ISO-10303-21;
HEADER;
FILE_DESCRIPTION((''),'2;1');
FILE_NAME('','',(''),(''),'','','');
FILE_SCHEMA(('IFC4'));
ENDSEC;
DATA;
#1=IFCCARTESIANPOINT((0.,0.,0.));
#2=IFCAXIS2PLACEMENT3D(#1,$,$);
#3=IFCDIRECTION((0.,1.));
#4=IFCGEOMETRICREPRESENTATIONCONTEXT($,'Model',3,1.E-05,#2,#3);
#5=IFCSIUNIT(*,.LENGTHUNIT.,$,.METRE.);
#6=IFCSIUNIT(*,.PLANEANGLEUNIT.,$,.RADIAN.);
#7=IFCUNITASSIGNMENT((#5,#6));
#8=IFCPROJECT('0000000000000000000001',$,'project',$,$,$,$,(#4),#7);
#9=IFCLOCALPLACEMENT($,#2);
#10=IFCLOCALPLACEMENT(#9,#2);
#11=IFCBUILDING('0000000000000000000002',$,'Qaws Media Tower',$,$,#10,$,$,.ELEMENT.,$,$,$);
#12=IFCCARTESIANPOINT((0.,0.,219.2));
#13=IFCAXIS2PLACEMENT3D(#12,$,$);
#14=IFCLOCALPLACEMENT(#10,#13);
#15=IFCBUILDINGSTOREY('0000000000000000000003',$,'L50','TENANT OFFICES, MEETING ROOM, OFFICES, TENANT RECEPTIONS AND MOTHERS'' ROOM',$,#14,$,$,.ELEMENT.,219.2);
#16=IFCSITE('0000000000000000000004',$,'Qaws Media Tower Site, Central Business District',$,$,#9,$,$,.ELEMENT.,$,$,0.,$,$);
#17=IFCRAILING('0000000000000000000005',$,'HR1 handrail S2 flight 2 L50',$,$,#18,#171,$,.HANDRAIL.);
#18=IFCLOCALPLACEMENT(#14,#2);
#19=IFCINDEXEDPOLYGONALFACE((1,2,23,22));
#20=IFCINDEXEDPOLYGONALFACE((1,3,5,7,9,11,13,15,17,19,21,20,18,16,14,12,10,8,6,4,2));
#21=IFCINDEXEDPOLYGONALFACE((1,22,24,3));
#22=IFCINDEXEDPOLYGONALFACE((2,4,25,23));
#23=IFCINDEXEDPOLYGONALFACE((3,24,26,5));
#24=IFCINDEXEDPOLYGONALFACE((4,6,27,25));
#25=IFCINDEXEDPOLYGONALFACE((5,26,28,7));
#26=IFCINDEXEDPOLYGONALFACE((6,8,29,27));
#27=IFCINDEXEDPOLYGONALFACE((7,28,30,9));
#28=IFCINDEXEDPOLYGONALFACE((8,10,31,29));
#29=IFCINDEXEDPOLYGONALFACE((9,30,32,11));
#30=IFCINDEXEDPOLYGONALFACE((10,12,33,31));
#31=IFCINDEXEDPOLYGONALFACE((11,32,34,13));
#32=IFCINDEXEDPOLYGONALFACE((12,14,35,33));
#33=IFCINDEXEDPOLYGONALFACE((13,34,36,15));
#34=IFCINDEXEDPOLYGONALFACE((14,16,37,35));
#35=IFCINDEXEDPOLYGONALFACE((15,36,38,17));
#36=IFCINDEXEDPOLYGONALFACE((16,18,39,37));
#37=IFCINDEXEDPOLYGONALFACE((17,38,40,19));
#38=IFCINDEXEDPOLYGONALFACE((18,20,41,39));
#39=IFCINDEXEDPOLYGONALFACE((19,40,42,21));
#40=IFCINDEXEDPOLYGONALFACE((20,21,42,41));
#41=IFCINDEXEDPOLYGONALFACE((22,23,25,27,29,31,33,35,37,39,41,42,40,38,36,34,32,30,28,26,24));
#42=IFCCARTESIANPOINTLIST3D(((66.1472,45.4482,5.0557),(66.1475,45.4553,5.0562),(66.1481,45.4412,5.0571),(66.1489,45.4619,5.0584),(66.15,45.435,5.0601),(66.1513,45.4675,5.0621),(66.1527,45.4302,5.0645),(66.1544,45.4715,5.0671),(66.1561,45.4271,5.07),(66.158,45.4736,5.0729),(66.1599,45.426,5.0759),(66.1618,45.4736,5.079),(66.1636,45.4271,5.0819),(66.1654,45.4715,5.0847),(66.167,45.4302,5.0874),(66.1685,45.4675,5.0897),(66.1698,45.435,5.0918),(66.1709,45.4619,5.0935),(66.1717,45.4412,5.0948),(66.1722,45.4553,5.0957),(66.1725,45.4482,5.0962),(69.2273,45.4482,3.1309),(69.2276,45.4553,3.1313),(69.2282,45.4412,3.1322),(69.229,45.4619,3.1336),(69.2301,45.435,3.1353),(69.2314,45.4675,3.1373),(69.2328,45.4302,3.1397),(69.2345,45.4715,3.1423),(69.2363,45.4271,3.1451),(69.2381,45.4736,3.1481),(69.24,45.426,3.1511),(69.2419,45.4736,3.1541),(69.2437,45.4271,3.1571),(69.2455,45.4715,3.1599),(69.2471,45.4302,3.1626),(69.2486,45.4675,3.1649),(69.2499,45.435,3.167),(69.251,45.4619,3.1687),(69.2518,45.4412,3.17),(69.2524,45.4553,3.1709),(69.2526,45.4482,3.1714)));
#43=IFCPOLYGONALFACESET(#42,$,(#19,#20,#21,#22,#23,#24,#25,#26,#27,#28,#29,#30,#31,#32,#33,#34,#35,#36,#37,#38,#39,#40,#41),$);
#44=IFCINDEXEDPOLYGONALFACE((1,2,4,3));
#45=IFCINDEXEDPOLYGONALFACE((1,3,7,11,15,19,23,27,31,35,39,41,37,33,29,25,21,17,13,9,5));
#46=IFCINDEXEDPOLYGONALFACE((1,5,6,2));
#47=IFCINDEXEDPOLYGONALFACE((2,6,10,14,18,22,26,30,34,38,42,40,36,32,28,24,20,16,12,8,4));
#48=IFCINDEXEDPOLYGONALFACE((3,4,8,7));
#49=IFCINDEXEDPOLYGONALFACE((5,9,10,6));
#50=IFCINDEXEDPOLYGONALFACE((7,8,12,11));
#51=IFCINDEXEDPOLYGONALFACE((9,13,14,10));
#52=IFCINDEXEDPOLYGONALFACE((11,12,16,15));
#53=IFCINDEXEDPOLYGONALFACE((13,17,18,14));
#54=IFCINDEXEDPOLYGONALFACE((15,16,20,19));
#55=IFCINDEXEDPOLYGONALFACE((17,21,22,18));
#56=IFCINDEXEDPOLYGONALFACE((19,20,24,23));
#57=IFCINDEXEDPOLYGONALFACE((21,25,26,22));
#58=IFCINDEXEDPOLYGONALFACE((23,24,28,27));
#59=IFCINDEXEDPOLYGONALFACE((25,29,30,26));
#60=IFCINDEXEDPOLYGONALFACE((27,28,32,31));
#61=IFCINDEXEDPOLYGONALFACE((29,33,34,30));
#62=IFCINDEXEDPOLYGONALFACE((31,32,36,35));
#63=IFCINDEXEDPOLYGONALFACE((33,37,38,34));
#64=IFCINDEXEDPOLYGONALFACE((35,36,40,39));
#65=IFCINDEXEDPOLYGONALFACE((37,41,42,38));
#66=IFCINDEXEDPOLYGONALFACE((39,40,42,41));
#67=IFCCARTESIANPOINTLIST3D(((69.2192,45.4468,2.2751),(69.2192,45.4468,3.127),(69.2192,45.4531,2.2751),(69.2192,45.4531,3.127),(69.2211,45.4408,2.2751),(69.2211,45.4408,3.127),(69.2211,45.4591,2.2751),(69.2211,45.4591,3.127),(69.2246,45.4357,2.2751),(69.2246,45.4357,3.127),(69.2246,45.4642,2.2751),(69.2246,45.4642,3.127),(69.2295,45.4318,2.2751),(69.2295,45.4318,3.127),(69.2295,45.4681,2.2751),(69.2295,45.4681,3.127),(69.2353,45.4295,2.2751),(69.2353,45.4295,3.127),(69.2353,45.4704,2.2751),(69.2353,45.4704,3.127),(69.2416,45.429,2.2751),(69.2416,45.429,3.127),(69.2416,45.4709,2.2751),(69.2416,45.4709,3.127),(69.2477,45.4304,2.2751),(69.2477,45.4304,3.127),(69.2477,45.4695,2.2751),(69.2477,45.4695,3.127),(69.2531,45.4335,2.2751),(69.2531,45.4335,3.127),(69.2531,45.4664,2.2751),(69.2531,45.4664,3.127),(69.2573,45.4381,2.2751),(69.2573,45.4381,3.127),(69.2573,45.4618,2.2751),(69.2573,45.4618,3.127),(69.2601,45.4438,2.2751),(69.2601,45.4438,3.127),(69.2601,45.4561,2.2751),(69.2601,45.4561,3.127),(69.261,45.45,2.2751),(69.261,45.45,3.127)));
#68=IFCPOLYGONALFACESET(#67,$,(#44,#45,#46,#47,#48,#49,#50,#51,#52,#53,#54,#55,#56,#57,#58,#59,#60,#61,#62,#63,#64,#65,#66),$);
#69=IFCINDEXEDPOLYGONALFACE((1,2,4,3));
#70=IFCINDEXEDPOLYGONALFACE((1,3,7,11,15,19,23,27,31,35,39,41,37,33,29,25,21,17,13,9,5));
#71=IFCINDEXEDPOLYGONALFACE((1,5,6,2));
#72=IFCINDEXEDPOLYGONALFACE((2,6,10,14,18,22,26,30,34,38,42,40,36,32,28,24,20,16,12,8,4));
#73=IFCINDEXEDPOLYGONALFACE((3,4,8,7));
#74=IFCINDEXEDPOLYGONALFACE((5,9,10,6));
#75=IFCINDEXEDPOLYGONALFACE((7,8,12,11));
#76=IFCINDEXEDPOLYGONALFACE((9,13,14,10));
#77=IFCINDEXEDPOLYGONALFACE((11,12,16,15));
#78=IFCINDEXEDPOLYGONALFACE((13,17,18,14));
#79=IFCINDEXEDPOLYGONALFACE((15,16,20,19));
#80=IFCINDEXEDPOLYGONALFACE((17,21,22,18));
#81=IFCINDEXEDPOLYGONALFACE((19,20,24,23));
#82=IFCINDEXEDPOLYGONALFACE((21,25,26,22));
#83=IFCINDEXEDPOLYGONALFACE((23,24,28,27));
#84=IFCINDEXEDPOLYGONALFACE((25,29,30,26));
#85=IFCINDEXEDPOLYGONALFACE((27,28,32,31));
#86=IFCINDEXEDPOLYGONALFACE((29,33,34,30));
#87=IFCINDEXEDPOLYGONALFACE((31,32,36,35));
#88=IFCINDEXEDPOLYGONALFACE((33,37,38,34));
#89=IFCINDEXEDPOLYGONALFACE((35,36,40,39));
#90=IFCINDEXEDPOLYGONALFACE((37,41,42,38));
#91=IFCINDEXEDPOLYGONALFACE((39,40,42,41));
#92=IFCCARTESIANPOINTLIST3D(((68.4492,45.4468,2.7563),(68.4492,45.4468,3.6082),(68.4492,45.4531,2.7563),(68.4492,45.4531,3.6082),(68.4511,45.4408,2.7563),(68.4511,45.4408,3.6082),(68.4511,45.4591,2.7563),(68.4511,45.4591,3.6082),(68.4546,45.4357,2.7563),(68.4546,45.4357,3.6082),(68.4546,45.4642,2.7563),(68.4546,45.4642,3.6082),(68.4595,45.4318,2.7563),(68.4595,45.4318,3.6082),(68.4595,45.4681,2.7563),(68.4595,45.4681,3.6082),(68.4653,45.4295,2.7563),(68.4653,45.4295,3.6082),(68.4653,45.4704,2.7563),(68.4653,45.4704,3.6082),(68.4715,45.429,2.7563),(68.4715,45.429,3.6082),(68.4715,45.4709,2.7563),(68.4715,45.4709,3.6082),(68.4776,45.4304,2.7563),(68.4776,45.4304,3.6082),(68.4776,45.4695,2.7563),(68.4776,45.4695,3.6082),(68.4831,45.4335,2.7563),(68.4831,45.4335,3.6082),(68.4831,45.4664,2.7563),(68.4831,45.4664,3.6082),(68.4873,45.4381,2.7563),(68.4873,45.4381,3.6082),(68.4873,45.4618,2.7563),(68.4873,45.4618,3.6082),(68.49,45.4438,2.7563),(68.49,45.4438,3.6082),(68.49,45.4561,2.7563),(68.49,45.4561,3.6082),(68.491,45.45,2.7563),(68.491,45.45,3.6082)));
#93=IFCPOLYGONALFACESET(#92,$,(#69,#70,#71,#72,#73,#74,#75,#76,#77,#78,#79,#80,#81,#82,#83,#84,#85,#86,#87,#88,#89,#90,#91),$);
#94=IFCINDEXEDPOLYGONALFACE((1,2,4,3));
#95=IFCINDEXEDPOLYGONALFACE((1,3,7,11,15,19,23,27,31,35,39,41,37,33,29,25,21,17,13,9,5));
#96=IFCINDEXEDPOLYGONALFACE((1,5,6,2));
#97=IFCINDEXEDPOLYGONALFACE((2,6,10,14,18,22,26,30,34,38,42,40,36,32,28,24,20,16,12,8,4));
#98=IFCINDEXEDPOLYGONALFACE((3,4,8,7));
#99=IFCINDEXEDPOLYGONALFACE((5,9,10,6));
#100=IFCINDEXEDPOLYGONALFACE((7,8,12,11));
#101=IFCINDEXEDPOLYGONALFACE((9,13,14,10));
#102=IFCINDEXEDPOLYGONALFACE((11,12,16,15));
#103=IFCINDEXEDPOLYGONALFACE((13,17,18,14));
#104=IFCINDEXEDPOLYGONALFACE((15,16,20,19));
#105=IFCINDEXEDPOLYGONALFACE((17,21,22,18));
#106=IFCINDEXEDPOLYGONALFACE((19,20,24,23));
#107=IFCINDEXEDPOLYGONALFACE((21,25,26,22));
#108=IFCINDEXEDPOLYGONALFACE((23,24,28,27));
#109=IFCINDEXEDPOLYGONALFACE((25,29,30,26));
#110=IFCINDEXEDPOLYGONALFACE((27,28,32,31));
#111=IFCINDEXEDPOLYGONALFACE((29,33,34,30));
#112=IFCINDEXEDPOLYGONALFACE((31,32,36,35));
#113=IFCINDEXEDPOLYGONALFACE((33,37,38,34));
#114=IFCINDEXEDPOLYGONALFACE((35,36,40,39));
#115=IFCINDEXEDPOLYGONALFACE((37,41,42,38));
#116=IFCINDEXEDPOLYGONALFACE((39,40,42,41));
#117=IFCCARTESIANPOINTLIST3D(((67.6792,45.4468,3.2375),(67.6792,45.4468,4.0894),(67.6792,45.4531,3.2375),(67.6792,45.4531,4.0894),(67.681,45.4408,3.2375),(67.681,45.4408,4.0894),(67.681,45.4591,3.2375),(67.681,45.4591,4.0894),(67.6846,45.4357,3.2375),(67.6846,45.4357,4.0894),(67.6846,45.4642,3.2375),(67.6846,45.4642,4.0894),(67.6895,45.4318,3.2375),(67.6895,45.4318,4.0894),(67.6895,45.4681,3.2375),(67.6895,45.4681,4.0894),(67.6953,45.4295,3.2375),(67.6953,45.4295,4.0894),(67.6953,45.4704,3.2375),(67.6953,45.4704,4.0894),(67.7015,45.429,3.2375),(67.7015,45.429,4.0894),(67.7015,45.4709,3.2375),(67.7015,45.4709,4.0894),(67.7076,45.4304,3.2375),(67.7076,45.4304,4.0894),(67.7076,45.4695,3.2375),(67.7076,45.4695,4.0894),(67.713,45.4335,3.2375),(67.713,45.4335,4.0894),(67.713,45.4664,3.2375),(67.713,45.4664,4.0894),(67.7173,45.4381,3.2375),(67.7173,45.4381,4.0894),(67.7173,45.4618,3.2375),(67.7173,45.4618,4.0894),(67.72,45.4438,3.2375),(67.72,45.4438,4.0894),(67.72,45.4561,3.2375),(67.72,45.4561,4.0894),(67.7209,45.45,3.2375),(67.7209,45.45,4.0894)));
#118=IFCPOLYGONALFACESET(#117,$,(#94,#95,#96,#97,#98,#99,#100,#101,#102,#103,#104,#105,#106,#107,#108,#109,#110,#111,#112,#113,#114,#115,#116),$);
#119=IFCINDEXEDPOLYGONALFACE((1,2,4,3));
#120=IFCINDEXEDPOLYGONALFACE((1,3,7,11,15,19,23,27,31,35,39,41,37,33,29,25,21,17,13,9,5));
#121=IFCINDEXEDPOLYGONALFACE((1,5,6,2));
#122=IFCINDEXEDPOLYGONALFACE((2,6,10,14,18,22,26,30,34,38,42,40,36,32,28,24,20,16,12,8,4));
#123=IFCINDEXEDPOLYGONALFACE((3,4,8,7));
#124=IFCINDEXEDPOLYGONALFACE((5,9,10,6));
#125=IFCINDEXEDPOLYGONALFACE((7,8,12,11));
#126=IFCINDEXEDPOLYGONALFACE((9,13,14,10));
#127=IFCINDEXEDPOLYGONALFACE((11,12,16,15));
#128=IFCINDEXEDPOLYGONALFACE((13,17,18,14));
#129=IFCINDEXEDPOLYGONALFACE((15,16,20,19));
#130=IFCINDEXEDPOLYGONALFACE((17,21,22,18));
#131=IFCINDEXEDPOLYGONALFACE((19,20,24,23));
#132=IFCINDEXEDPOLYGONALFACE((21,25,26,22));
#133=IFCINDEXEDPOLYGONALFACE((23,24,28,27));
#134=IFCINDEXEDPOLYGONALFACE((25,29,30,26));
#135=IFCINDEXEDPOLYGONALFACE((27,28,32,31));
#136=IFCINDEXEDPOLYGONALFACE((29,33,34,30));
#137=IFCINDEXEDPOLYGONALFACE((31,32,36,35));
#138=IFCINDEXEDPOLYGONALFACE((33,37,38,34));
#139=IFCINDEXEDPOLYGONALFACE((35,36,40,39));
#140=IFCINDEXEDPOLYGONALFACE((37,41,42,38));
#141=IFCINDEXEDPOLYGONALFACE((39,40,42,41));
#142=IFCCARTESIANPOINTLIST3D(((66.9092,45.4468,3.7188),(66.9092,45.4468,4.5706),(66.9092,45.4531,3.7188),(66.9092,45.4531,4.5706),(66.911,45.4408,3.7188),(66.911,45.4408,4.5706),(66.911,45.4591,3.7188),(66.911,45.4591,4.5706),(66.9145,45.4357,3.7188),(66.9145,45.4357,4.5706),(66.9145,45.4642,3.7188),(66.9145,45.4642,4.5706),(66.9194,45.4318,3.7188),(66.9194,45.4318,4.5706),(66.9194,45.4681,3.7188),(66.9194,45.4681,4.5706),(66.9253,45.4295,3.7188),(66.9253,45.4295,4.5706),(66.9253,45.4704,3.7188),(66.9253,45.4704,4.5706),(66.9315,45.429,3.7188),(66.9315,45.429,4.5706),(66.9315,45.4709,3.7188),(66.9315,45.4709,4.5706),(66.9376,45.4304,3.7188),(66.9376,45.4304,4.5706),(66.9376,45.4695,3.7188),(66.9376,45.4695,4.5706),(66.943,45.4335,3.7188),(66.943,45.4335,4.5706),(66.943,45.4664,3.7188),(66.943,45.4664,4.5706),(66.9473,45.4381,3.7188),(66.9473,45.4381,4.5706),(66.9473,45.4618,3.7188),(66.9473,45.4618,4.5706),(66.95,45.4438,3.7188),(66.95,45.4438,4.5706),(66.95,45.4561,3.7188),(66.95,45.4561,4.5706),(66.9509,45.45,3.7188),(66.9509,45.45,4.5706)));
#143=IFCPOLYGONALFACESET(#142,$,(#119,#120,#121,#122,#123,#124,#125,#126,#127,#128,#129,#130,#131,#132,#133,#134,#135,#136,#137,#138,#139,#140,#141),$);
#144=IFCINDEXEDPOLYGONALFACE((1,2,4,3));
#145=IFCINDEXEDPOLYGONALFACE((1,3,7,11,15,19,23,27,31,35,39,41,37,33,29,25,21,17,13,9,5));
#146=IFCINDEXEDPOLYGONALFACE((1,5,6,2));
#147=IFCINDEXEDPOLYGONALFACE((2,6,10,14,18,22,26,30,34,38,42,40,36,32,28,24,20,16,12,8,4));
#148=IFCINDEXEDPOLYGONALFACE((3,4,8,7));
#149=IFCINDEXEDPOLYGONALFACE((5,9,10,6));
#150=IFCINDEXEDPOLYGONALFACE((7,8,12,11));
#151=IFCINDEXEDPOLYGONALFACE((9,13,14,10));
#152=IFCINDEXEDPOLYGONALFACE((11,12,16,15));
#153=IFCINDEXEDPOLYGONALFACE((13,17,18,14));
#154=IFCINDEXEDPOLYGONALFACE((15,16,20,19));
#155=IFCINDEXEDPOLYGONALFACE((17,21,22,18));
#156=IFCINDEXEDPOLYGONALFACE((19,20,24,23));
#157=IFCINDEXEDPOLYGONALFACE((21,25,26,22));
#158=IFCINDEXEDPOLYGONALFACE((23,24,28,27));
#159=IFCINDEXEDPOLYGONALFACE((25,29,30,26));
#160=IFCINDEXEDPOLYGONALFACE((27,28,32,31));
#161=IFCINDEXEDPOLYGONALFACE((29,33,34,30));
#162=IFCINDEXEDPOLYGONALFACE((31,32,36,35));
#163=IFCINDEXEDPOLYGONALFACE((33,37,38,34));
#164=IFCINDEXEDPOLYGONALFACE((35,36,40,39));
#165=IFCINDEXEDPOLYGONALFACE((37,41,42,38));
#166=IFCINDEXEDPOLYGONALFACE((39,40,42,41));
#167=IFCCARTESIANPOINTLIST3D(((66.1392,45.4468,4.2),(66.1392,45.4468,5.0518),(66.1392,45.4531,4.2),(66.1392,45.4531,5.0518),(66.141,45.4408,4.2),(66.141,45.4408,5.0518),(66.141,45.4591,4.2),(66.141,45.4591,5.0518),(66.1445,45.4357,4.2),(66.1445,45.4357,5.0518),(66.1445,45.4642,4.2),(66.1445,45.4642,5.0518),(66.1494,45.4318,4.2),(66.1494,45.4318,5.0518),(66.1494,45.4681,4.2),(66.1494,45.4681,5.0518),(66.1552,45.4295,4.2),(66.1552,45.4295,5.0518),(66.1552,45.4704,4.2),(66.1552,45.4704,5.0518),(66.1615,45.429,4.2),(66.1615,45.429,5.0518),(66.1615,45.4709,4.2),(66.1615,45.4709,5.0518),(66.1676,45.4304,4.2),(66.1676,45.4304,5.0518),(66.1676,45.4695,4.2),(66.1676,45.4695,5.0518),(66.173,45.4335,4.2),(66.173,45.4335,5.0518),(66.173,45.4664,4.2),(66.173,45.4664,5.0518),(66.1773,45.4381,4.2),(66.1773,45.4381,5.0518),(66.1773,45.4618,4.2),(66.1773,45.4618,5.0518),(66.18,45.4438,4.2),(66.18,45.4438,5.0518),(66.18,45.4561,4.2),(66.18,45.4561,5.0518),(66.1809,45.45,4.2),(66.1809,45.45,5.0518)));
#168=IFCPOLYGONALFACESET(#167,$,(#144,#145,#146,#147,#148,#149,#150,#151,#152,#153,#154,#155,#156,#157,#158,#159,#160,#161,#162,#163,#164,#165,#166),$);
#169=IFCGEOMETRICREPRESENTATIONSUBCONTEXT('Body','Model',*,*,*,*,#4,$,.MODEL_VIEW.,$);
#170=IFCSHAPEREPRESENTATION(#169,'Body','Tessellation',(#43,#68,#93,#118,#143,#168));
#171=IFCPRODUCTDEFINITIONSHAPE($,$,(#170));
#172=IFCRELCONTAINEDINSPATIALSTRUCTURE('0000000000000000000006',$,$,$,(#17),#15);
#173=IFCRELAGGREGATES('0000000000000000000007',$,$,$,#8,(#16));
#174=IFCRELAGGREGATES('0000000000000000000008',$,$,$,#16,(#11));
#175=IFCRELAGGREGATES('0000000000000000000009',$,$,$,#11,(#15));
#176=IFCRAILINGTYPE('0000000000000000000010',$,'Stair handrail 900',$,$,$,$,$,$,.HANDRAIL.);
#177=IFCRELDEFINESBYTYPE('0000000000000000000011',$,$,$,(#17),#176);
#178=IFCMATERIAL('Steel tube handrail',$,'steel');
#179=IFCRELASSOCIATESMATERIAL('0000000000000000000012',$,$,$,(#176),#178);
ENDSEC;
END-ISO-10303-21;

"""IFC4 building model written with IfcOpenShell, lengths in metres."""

from ifc_helpers import new_model, si_unit, direction, frame, origin, origin_2d, place, context, subcontext, project, spatial, circle, extrude, material, type_object, element, save


model = new_model("IFC4")

# Units and contexts
model_context = context("Model", 3, precision=1e-05, world=origin(), true_north=direction((0.0, 1.0)))
body_context = subcontext(model_context, "Body", "Model", "MODEL_VIEW")
ifc_project = project(units=[si_unit("LENGTHUNIT", "METRE"), si_unit("PLANEANGLEUNIT", "RADIAN")], contexts=[model_context])

# Site, building, storey
site_placement = place(None, origin())
site = spatial("IfcSite", under=ifc_project, at=site_placement, Name="Qaws Media Tower Site, Central Business District", CompositionType="ELEMENT", RefElevation=0.0)
building_placement = place(site_placement, origin())
building = spatial("IfcBuilding", under=site, at=building_placement, Name="Qaws Media Tower", CompositionType="ELEMENT")
storey_placement = place(building_placement, frame((0.0, 0.0, 219.2)))
storey = spatial("IfcBuildingStorey", under=building, at=storey_placement, Name="L50", Description="TENANT OFFICES, MEETING ROOM, OFFICES, TENANT RECEPTIONS AND MOTHERS' ROOM", CompositionType="ELEMENT", Elevation=219.2)

# Railing
ifc_material_1 = material(Name="Steel tube handrail", Category="steel")
railing_type = type_object("IfcRailingType", Name="Stair handrail 900", PredefinedType="HANDRAIL", material=ifc_material_1)
for number, where, name in (
    (1, (69.24, 45.45, 2.2751), "HR1 handrail S2 flight 2 L50"),
):
    element("IfcRailing", number, at=place(storey_placement, frame(where)), inside=storey, type_object=railing_type, Name=name, PredefinedType="HANDRAIL", context=body_context, shape_type="SweptSolid", body=[
        extrude(circle(Radius=0.0239, at=origin_2d()), frame((0.0, 0.0, 0.876), z_axis=(-0.848029, 0.0, 0.529951), x_axis=(0.0, -1.0, 0.0)), (0.0, 0.0, 1.0), 3.6321),
        extrude(circle(Radius=0.021, at=origin_2d()), origin(), (0.0, 0.0, 1.0), 0.8518),
        extrude(circle(Radius=0.021, at=origin_2d()), frame((-0.77, 0.0, 0.4812)), (0.0, 0.0, 1.0), 0.8518),
        extrude(circle(Radius=0.021, at=origin_2d()), frame((-1.54, 0.0, 0.9624)), (0.0, 0.0, 1.0), 0.8518),
        extrude(circle(Radius=0.021, at=origin_2d()), frame((-2.3101, 0.0, 1.4436)), (0.0, 0.0, 1.0), 0.8518),
        extrude(circle(Radius=0.021, at=origin_2d()), frame((-3.0801, 0.0, 1.9248)), (0.0, 0.0, 1.0), 0.8518),
    ])

save(model, "model.ifc")
